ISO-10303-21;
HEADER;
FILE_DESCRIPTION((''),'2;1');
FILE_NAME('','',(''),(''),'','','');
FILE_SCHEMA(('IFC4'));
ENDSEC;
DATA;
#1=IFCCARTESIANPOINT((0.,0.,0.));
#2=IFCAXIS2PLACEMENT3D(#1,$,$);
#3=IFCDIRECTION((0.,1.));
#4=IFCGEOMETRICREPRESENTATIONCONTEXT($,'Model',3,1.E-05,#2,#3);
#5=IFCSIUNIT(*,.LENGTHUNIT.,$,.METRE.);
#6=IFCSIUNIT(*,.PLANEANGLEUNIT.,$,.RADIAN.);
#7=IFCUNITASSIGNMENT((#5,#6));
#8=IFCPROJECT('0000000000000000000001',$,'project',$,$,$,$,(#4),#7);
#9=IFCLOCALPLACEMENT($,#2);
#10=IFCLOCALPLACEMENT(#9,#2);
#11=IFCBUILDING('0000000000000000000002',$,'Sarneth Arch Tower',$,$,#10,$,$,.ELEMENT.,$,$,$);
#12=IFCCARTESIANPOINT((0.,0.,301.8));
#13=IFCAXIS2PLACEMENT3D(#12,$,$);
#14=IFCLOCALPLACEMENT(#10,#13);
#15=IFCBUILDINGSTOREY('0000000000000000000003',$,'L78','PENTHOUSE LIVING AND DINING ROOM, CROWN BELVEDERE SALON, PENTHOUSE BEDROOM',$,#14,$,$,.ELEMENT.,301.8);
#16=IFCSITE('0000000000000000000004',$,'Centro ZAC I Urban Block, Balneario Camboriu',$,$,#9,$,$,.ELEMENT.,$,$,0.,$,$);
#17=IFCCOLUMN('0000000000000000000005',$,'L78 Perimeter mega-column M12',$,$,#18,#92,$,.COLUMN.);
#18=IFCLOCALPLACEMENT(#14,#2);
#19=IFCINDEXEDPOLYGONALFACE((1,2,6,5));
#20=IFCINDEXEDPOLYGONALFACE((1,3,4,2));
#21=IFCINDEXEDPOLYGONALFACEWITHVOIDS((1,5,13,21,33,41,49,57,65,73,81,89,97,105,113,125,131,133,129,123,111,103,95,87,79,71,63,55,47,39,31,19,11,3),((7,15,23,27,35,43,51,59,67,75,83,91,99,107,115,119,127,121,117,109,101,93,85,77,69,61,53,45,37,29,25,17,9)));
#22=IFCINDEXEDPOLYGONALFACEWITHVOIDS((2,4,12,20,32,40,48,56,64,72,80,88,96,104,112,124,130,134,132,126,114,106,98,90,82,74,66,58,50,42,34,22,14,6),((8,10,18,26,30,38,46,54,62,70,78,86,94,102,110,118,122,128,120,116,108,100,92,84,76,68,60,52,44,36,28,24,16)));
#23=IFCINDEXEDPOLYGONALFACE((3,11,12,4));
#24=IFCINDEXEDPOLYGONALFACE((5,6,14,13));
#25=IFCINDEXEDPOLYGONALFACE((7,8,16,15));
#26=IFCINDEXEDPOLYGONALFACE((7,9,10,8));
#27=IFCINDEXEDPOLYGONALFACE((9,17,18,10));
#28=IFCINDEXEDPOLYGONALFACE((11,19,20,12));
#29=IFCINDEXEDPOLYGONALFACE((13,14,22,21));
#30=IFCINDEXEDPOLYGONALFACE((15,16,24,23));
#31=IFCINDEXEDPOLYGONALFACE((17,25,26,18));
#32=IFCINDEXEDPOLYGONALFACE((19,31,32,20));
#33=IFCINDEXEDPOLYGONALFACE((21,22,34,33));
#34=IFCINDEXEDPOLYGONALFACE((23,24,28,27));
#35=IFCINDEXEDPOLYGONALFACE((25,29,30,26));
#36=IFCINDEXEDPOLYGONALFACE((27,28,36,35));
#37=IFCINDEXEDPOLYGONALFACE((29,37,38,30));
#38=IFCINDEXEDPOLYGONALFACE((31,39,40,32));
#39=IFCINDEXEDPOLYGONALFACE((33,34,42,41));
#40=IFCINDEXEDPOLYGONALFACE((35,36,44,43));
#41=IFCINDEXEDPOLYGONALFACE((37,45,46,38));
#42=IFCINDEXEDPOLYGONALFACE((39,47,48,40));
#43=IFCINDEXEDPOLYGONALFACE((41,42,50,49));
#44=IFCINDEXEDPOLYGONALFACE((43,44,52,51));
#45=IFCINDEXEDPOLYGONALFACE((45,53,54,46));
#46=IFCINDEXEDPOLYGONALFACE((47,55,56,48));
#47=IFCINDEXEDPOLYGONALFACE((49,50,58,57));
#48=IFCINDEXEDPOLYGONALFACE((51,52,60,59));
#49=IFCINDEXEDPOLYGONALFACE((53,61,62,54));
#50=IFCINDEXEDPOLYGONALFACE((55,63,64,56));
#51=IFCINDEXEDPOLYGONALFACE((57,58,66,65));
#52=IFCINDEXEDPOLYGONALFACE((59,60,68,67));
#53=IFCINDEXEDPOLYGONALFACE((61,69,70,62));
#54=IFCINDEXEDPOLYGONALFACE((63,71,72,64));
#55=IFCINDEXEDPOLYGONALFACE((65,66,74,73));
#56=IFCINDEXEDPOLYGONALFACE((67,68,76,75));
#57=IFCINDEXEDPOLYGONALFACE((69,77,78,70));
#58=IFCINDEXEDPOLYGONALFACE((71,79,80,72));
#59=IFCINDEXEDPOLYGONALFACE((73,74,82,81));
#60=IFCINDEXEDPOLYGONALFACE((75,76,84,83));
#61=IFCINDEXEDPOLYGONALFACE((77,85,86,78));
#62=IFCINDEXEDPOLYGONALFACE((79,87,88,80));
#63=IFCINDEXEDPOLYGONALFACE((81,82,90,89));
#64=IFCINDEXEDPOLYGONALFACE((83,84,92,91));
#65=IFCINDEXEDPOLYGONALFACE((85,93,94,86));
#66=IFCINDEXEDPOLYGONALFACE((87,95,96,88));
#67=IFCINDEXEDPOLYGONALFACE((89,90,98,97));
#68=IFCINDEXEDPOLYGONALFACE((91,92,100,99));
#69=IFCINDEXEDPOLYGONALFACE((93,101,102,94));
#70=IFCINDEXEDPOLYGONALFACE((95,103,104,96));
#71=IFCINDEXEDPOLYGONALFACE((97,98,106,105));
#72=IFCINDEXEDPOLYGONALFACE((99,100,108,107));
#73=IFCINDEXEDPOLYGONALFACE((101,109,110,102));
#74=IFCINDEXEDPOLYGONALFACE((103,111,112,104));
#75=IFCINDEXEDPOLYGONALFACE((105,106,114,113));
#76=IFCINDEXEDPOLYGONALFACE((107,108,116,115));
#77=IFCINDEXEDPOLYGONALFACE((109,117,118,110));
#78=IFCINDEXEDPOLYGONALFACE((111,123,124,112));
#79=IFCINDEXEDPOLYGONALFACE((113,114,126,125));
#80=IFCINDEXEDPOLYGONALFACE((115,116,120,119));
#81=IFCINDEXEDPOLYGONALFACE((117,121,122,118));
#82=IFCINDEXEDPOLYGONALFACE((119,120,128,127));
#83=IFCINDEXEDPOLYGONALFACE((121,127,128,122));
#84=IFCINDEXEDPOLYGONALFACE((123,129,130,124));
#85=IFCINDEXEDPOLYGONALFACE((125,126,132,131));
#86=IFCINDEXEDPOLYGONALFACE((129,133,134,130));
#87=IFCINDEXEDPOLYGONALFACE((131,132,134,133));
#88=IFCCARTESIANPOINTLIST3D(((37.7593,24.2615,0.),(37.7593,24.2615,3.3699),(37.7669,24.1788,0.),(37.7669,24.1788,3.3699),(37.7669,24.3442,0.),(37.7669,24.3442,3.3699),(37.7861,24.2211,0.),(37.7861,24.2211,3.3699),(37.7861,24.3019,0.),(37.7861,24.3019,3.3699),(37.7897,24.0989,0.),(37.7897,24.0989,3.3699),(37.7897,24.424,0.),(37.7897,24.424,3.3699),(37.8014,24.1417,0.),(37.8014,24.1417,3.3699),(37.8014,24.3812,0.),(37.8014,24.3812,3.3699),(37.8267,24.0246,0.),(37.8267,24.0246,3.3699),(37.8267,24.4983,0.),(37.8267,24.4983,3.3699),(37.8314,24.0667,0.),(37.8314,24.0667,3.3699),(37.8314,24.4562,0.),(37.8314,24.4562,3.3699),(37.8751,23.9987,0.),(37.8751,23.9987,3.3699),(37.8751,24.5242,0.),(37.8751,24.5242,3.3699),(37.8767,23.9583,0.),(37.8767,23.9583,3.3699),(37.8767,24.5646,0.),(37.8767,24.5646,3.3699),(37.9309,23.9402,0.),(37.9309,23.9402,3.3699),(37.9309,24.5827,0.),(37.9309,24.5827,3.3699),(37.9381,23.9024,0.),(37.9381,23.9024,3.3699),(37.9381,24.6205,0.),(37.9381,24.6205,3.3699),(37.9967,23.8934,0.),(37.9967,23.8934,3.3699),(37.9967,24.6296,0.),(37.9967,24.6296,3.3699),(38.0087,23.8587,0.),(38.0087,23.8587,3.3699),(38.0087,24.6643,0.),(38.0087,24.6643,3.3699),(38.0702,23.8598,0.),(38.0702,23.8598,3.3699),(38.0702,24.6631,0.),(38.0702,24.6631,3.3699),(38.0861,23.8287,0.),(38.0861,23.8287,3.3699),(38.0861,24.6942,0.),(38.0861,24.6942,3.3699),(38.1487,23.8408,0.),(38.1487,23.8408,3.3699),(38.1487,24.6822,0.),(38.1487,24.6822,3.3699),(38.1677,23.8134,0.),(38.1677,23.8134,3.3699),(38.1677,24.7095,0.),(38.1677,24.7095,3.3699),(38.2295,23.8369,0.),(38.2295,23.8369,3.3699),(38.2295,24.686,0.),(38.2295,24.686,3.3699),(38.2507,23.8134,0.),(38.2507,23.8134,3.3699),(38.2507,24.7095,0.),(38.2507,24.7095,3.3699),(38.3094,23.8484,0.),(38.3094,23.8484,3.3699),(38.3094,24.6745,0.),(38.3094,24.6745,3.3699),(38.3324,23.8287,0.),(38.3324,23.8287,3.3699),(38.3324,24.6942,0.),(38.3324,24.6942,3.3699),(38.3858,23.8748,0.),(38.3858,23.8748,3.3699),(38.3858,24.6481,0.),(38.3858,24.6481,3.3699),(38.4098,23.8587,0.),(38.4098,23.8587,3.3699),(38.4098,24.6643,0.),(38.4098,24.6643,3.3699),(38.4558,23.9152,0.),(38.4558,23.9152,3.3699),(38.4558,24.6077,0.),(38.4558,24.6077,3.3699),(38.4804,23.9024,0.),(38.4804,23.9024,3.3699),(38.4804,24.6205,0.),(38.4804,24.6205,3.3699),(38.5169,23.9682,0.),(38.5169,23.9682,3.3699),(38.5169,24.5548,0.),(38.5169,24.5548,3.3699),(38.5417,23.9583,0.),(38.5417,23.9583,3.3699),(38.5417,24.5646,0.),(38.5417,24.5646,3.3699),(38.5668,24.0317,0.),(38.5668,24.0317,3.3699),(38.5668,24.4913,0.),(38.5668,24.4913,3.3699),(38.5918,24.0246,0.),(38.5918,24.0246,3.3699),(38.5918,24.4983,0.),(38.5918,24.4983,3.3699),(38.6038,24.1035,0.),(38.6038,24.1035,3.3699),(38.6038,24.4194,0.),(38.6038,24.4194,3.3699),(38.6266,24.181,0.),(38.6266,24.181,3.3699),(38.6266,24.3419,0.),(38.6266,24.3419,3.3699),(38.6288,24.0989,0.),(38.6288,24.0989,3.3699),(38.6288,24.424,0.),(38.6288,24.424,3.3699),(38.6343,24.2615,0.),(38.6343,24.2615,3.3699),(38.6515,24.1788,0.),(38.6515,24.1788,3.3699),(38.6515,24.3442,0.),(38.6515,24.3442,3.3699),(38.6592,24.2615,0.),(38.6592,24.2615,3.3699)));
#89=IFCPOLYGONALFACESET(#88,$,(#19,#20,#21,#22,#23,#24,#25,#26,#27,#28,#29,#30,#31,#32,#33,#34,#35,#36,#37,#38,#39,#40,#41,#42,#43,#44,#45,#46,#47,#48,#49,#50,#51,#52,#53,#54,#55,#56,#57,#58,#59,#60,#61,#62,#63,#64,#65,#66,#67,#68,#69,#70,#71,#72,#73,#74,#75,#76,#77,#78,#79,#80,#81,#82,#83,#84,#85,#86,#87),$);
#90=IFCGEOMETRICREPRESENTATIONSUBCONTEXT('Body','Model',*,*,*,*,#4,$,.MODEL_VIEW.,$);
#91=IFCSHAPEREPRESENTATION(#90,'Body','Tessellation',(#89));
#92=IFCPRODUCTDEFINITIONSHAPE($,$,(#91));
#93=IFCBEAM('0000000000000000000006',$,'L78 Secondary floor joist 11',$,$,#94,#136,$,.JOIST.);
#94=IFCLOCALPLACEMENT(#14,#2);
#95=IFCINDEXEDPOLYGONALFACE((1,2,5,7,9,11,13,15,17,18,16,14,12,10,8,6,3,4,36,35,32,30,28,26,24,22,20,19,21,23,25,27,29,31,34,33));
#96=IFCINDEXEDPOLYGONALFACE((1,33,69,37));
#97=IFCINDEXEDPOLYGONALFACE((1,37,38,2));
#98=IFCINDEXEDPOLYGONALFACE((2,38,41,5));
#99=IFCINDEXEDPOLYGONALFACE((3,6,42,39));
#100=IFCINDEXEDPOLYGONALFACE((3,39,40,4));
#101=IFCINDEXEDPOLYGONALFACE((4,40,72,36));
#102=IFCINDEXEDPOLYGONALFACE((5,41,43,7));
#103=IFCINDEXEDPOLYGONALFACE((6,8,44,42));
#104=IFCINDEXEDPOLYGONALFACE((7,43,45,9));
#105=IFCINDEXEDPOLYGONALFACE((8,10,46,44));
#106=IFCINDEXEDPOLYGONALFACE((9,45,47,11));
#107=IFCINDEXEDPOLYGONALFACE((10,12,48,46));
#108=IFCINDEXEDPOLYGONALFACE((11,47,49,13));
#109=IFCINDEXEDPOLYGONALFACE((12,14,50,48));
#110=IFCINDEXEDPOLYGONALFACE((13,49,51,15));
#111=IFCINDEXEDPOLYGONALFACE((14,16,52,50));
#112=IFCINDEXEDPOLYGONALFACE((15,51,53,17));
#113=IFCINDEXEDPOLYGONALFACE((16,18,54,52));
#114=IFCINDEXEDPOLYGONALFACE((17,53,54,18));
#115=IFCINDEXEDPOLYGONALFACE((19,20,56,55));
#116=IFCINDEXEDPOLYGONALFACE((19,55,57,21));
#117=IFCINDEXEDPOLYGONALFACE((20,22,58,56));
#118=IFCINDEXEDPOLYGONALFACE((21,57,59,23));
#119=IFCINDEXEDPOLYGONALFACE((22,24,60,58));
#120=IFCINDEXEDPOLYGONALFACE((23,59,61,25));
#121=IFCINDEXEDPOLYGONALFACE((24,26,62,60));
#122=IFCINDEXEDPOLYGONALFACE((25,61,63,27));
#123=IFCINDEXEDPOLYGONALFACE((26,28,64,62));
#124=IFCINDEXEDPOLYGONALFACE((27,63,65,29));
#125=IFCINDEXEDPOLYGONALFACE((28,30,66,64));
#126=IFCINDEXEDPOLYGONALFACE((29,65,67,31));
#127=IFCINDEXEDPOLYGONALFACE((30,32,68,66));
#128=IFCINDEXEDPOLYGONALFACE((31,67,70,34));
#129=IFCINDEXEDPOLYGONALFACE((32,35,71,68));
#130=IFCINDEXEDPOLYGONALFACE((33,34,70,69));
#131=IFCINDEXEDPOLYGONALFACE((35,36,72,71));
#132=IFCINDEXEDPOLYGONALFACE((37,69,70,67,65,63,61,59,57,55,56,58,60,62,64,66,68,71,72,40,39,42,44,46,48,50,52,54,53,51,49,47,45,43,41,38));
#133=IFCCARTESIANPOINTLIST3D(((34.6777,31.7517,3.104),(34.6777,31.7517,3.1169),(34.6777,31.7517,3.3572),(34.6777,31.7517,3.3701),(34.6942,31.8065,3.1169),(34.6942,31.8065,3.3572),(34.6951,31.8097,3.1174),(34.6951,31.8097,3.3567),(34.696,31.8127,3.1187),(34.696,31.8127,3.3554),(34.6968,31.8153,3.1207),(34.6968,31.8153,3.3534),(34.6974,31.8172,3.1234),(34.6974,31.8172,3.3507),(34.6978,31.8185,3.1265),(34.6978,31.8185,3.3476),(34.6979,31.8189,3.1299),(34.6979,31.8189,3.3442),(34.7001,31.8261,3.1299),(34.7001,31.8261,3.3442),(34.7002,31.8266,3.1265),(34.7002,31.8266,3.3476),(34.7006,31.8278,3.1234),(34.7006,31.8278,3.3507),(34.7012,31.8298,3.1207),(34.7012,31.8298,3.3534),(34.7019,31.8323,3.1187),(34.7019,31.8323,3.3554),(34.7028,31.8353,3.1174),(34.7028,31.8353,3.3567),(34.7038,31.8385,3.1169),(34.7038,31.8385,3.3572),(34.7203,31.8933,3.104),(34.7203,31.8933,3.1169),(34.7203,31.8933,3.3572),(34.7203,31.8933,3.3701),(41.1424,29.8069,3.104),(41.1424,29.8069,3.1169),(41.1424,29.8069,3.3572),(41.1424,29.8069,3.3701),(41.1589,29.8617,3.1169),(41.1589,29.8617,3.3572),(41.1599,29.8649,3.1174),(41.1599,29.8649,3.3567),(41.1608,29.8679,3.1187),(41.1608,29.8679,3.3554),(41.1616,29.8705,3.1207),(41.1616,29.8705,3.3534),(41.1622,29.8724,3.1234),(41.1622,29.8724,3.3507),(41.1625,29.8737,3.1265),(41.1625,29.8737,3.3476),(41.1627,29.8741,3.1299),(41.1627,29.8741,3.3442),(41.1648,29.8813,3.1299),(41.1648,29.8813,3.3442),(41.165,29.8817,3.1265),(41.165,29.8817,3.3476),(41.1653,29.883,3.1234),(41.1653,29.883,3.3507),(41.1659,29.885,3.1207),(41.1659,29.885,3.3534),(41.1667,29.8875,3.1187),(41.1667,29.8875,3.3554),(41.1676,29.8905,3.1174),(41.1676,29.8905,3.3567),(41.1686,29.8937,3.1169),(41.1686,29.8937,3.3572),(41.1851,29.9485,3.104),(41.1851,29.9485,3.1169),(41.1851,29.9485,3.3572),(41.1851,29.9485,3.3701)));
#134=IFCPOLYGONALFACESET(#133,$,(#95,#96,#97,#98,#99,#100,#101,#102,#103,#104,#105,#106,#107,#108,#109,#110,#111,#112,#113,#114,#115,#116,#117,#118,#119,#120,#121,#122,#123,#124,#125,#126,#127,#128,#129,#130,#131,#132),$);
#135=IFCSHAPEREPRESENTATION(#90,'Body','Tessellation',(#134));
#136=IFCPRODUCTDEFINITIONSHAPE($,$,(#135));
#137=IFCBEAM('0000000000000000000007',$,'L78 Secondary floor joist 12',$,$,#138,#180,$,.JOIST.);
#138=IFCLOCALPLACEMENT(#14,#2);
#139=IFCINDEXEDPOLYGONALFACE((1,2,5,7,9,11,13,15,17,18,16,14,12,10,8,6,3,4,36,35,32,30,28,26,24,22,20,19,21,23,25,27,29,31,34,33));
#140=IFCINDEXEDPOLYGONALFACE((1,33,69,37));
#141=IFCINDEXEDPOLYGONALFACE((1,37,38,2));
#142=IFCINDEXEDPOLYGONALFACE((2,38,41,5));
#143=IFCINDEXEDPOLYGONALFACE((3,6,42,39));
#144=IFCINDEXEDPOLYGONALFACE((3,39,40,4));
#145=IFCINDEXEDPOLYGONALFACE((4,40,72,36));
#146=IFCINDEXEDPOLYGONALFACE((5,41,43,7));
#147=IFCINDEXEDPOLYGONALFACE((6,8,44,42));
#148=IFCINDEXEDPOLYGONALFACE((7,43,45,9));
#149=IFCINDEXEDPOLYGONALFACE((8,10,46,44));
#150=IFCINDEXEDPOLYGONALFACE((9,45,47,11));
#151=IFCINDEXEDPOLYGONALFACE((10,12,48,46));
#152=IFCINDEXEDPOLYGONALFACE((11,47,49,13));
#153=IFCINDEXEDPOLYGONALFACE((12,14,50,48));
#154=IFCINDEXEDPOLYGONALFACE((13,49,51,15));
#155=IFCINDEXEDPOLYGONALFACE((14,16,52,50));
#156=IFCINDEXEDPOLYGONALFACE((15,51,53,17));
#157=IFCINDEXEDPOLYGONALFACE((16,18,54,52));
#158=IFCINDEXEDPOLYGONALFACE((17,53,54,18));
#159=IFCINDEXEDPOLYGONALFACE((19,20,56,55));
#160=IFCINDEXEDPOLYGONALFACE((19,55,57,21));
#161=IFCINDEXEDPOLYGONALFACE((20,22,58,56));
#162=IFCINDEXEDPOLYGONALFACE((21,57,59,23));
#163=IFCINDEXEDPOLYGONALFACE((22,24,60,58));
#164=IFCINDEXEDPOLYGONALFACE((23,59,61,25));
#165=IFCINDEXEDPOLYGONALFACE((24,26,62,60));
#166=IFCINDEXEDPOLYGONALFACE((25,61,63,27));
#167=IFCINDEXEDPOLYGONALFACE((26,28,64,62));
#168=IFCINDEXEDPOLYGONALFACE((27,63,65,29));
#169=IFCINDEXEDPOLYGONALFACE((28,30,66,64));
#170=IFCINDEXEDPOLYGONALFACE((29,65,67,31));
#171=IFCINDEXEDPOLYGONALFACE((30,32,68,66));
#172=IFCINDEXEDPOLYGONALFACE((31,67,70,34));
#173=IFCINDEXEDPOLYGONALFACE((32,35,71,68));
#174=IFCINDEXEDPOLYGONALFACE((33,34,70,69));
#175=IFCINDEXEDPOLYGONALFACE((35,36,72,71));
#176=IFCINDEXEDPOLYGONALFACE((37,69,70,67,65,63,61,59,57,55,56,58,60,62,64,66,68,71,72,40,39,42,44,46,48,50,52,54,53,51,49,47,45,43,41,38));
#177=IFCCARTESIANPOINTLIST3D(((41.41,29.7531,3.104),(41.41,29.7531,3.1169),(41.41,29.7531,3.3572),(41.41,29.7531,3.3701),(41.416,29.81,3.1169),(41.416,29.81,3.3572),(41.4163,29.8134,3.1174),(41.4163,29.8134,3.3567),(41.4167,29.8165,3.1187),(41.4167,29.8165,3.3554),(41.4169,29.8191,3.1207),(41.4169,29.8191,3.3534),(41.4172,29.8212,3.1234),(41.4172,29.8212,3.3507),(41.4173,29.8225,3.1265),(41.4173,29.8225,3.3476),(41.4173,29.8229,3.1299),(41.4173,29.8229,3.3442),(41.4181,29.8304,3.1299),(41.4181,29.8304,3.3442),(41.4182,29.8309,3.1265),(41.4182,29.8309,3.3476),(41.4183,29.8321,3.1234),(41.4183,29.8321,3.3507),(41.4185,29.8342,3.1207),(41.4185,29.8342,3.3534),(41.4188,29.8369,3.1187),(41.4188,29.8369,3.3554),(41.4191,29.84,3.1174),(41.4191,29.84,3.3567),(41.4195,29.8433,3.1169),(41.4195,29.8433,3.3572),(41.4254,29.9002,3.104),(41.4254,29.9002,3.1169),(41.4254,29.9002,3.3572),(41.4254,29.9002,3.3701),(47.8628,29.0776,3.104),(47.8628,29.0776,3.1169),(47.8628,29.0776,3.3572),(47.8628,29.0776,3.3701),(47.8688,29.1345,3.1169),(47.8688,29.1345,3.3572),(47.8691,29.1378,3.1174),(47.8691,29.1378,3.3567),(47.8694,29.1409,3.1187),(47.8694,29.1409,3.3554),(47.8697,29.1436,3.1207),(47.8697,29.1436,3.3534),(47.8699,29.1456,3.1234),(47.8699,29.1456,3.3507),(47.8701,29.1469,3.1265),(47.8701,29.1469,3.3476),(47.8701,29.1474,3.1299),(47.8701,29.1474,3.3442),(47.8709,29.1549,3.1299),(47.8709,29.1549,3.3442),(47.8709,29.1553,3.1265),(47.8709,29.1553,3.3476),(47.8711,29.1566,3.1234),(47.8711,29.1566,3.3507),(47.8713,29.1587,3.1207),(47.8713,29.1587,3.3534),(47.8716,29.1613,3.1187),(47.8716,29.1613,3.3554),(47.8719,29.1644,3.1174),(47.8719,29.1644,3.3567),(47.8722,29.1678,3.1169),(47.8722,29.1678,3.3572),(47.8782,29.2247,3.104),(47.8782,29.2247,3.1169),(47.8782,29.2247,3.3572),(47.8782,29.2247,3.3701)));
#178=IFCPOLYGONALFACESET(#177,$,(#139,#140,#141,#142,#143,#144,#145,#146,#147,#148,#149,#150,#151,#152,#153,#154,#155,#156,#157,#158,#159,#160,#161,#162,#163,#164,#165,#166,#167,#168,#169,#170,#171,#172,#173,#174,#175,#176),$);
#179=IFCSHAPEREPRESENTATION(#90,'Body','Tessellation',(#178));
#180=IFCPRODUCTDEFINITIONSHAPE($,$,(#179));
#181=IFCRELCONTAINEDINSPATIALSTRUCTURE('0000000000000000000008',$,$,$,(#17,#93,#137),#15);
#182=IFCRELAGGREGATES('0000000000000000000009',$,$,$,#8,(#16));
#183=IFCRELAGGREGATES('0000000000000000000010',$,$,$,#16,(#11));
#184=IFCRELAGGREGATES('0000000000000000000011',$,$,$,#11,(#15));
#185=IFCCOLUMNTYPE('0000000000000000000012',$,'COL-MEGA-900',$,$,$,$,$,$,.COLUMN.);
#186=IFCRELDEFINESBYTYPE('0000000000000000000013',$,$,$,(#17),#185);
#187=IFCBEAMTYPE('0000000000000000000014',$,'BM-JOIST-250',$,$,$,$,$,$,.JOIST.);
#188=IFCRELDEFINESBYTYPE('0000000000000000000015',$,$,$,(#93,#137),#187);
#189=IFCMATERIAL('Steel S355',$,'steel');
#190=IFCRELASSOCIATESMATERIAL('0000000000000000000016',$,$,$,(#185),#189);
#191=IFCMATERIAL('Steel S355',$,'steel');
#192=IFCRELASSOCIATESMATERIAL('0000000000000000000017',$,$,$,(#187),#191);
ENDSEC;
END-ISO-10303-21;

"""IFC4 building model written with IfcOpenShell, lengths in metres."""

from ifc_helpers import new_model, si_unit, direction, frame, origin, origin_2d, place, context, subcontext, project, spatial, hollow_circle, i_section, extrude, material, material_profile, profile_set, type_object, element, save


model = new_model("IFC4")

# Units and contexts
model_context = context("Model", 3, precision=1e-05, world=origin(), true_north=direction((0.0, 1.0)))
body_context = subcontext(model_context, "Body", "Model", "MODEL_VIEW")
ifc_project = project(units=[si_unit("LENGTHUNIT", "METRE"), si_unit("PLANEANGLEUNIT", "RADIAN")], contexts=[model_context])

# Site, building, storey
site_placement = place(None, origin())
site = spatial("IfcSite", under=ifc_project, at=site_placement, Name="Centro ZAC I Urban Block, Balneario Camboriu", CompositionType="ELEMENT", RefElevation=0.0)
building_placement = place(site_placement, origin())
building = spatial("IfcBuilding", under=site, at=building_placement, Name="Sarneth Arch Tower", CompositionType="ELEMENT")
storey_placement = place(building_placement, frame((0.0, 0.0, 301.8)))
storey = spatial("IfcBuildingStorey", under=building, at=storey_placement, Name="L78", Description="PENTHOUSE LIVING AND DINING ROOM, CROWN BELVEDERE SALON, PENTHOUSE BEDROOM", CompositionType="ELEMENT", Elevation=301.8)

# Column
ifc_material_1 = material(Name="Steel S355", Category="steel")
ifc_material_profile_1 = material_profile(ifc_material_1, hollow_circle(Radius=0.45, WallThickness=0.0249, at=origin_2d()), Name="CHS900x25")
ifc_profile_set_1 = profile_set([ifc_material_profile_1], Name="Steel S355")
column_type = type_object("IfcColumnType", Name="COL-MEGA-900", PredefinedType="COLUMN", material=ifc_profile_set_1)
column_placement = place(storey_placement, frame((38.2092, 24.2615, 0.0), z_axis=(0.0, 0.0, 1.0), x_axis=(1.0, 0.0, 0.0)))
element("IfcColumn", 1, at=column_placement, inside=storey, type_object=column_type, Name="L78 Perimeter mega-column M12", PredefinedType="COLUMN", context=body_context, shape_type="SweptSolid", body=[
    extrude(hollow_circle(Radius=0.45, WallThickness=0.0249, at=origin_2d()), origin(), (0.0, 0.0, 1.0), 3.3699),
])

# Beams
ifc_material_2 = material(Name="Steel S355", Category="steel")
ifc_material_profile_2 = material_profile(ifc_material_2, i_section(OverallWidth=0.1479, OverallDepth=0.2661, WebThickness=0.0076, FlangeThickness=0.0129, FilletRadius=0.0129, at=origin_2d()), Name="W250x44.8")
ifc_profile_set_2 = profile_set([ifc_material_profile_2], Name="Steel S355")
beam_type_1 = type_object("IfcBeamType", Name="BM-JOIST-250", PredefinedType="JOIST", material=ifc_profile_set_2)
beam_1_placement = place(storey_placement, frame((34.699, 31.8225, 3.2371), z_axis=(0.957607, -0.288078, 0.0), x_axis=(0.288078, 0.957607, 0.0)))
element("IfcBeam", 2, at=beam_1_placement, inside=storey, type_object=beam_type_1, Name="L78 Secondary floor joist 11", PredefinedType="JOIST", context=body_context, shape_type="SweptSolid", body=[
    extrude(i_section(OverallWidth=0.1479, OverallDepth=0.2661, WebThickness=0.0076, FlangeThickness=0.0129, FilletRadius=0.0129, at=origin_2d()), origin(), (0.0, 0.0, 1.0), 6.751),
])
beam_2_placement = place(storey_placement, frame((41.4177, 29.8267, 3.2371), z_axis=(0.994565, -0.104119, 0.0), x_axis=(0.104119, 0.994565, 0.0)))
element("IfcBeam", 3, at=beam_2_placement, inside=storey, type_object=beam_type_1, Name="L78 Secondary floor joist 12", PredefinedType="JOIST", context=body_context, shape_type="SweptSolid", body=[
    extrude(i_section(OverallWidth=0.1479, OverallDepth=0.2661, WebThickness=0.0076, FlangeThickness=0.0129, FilletRadius=0.0129, at=origin_2d()), origin(), (0.0, 0.0, 1.0), 6.488),
])

save(model, "model.ifc")
